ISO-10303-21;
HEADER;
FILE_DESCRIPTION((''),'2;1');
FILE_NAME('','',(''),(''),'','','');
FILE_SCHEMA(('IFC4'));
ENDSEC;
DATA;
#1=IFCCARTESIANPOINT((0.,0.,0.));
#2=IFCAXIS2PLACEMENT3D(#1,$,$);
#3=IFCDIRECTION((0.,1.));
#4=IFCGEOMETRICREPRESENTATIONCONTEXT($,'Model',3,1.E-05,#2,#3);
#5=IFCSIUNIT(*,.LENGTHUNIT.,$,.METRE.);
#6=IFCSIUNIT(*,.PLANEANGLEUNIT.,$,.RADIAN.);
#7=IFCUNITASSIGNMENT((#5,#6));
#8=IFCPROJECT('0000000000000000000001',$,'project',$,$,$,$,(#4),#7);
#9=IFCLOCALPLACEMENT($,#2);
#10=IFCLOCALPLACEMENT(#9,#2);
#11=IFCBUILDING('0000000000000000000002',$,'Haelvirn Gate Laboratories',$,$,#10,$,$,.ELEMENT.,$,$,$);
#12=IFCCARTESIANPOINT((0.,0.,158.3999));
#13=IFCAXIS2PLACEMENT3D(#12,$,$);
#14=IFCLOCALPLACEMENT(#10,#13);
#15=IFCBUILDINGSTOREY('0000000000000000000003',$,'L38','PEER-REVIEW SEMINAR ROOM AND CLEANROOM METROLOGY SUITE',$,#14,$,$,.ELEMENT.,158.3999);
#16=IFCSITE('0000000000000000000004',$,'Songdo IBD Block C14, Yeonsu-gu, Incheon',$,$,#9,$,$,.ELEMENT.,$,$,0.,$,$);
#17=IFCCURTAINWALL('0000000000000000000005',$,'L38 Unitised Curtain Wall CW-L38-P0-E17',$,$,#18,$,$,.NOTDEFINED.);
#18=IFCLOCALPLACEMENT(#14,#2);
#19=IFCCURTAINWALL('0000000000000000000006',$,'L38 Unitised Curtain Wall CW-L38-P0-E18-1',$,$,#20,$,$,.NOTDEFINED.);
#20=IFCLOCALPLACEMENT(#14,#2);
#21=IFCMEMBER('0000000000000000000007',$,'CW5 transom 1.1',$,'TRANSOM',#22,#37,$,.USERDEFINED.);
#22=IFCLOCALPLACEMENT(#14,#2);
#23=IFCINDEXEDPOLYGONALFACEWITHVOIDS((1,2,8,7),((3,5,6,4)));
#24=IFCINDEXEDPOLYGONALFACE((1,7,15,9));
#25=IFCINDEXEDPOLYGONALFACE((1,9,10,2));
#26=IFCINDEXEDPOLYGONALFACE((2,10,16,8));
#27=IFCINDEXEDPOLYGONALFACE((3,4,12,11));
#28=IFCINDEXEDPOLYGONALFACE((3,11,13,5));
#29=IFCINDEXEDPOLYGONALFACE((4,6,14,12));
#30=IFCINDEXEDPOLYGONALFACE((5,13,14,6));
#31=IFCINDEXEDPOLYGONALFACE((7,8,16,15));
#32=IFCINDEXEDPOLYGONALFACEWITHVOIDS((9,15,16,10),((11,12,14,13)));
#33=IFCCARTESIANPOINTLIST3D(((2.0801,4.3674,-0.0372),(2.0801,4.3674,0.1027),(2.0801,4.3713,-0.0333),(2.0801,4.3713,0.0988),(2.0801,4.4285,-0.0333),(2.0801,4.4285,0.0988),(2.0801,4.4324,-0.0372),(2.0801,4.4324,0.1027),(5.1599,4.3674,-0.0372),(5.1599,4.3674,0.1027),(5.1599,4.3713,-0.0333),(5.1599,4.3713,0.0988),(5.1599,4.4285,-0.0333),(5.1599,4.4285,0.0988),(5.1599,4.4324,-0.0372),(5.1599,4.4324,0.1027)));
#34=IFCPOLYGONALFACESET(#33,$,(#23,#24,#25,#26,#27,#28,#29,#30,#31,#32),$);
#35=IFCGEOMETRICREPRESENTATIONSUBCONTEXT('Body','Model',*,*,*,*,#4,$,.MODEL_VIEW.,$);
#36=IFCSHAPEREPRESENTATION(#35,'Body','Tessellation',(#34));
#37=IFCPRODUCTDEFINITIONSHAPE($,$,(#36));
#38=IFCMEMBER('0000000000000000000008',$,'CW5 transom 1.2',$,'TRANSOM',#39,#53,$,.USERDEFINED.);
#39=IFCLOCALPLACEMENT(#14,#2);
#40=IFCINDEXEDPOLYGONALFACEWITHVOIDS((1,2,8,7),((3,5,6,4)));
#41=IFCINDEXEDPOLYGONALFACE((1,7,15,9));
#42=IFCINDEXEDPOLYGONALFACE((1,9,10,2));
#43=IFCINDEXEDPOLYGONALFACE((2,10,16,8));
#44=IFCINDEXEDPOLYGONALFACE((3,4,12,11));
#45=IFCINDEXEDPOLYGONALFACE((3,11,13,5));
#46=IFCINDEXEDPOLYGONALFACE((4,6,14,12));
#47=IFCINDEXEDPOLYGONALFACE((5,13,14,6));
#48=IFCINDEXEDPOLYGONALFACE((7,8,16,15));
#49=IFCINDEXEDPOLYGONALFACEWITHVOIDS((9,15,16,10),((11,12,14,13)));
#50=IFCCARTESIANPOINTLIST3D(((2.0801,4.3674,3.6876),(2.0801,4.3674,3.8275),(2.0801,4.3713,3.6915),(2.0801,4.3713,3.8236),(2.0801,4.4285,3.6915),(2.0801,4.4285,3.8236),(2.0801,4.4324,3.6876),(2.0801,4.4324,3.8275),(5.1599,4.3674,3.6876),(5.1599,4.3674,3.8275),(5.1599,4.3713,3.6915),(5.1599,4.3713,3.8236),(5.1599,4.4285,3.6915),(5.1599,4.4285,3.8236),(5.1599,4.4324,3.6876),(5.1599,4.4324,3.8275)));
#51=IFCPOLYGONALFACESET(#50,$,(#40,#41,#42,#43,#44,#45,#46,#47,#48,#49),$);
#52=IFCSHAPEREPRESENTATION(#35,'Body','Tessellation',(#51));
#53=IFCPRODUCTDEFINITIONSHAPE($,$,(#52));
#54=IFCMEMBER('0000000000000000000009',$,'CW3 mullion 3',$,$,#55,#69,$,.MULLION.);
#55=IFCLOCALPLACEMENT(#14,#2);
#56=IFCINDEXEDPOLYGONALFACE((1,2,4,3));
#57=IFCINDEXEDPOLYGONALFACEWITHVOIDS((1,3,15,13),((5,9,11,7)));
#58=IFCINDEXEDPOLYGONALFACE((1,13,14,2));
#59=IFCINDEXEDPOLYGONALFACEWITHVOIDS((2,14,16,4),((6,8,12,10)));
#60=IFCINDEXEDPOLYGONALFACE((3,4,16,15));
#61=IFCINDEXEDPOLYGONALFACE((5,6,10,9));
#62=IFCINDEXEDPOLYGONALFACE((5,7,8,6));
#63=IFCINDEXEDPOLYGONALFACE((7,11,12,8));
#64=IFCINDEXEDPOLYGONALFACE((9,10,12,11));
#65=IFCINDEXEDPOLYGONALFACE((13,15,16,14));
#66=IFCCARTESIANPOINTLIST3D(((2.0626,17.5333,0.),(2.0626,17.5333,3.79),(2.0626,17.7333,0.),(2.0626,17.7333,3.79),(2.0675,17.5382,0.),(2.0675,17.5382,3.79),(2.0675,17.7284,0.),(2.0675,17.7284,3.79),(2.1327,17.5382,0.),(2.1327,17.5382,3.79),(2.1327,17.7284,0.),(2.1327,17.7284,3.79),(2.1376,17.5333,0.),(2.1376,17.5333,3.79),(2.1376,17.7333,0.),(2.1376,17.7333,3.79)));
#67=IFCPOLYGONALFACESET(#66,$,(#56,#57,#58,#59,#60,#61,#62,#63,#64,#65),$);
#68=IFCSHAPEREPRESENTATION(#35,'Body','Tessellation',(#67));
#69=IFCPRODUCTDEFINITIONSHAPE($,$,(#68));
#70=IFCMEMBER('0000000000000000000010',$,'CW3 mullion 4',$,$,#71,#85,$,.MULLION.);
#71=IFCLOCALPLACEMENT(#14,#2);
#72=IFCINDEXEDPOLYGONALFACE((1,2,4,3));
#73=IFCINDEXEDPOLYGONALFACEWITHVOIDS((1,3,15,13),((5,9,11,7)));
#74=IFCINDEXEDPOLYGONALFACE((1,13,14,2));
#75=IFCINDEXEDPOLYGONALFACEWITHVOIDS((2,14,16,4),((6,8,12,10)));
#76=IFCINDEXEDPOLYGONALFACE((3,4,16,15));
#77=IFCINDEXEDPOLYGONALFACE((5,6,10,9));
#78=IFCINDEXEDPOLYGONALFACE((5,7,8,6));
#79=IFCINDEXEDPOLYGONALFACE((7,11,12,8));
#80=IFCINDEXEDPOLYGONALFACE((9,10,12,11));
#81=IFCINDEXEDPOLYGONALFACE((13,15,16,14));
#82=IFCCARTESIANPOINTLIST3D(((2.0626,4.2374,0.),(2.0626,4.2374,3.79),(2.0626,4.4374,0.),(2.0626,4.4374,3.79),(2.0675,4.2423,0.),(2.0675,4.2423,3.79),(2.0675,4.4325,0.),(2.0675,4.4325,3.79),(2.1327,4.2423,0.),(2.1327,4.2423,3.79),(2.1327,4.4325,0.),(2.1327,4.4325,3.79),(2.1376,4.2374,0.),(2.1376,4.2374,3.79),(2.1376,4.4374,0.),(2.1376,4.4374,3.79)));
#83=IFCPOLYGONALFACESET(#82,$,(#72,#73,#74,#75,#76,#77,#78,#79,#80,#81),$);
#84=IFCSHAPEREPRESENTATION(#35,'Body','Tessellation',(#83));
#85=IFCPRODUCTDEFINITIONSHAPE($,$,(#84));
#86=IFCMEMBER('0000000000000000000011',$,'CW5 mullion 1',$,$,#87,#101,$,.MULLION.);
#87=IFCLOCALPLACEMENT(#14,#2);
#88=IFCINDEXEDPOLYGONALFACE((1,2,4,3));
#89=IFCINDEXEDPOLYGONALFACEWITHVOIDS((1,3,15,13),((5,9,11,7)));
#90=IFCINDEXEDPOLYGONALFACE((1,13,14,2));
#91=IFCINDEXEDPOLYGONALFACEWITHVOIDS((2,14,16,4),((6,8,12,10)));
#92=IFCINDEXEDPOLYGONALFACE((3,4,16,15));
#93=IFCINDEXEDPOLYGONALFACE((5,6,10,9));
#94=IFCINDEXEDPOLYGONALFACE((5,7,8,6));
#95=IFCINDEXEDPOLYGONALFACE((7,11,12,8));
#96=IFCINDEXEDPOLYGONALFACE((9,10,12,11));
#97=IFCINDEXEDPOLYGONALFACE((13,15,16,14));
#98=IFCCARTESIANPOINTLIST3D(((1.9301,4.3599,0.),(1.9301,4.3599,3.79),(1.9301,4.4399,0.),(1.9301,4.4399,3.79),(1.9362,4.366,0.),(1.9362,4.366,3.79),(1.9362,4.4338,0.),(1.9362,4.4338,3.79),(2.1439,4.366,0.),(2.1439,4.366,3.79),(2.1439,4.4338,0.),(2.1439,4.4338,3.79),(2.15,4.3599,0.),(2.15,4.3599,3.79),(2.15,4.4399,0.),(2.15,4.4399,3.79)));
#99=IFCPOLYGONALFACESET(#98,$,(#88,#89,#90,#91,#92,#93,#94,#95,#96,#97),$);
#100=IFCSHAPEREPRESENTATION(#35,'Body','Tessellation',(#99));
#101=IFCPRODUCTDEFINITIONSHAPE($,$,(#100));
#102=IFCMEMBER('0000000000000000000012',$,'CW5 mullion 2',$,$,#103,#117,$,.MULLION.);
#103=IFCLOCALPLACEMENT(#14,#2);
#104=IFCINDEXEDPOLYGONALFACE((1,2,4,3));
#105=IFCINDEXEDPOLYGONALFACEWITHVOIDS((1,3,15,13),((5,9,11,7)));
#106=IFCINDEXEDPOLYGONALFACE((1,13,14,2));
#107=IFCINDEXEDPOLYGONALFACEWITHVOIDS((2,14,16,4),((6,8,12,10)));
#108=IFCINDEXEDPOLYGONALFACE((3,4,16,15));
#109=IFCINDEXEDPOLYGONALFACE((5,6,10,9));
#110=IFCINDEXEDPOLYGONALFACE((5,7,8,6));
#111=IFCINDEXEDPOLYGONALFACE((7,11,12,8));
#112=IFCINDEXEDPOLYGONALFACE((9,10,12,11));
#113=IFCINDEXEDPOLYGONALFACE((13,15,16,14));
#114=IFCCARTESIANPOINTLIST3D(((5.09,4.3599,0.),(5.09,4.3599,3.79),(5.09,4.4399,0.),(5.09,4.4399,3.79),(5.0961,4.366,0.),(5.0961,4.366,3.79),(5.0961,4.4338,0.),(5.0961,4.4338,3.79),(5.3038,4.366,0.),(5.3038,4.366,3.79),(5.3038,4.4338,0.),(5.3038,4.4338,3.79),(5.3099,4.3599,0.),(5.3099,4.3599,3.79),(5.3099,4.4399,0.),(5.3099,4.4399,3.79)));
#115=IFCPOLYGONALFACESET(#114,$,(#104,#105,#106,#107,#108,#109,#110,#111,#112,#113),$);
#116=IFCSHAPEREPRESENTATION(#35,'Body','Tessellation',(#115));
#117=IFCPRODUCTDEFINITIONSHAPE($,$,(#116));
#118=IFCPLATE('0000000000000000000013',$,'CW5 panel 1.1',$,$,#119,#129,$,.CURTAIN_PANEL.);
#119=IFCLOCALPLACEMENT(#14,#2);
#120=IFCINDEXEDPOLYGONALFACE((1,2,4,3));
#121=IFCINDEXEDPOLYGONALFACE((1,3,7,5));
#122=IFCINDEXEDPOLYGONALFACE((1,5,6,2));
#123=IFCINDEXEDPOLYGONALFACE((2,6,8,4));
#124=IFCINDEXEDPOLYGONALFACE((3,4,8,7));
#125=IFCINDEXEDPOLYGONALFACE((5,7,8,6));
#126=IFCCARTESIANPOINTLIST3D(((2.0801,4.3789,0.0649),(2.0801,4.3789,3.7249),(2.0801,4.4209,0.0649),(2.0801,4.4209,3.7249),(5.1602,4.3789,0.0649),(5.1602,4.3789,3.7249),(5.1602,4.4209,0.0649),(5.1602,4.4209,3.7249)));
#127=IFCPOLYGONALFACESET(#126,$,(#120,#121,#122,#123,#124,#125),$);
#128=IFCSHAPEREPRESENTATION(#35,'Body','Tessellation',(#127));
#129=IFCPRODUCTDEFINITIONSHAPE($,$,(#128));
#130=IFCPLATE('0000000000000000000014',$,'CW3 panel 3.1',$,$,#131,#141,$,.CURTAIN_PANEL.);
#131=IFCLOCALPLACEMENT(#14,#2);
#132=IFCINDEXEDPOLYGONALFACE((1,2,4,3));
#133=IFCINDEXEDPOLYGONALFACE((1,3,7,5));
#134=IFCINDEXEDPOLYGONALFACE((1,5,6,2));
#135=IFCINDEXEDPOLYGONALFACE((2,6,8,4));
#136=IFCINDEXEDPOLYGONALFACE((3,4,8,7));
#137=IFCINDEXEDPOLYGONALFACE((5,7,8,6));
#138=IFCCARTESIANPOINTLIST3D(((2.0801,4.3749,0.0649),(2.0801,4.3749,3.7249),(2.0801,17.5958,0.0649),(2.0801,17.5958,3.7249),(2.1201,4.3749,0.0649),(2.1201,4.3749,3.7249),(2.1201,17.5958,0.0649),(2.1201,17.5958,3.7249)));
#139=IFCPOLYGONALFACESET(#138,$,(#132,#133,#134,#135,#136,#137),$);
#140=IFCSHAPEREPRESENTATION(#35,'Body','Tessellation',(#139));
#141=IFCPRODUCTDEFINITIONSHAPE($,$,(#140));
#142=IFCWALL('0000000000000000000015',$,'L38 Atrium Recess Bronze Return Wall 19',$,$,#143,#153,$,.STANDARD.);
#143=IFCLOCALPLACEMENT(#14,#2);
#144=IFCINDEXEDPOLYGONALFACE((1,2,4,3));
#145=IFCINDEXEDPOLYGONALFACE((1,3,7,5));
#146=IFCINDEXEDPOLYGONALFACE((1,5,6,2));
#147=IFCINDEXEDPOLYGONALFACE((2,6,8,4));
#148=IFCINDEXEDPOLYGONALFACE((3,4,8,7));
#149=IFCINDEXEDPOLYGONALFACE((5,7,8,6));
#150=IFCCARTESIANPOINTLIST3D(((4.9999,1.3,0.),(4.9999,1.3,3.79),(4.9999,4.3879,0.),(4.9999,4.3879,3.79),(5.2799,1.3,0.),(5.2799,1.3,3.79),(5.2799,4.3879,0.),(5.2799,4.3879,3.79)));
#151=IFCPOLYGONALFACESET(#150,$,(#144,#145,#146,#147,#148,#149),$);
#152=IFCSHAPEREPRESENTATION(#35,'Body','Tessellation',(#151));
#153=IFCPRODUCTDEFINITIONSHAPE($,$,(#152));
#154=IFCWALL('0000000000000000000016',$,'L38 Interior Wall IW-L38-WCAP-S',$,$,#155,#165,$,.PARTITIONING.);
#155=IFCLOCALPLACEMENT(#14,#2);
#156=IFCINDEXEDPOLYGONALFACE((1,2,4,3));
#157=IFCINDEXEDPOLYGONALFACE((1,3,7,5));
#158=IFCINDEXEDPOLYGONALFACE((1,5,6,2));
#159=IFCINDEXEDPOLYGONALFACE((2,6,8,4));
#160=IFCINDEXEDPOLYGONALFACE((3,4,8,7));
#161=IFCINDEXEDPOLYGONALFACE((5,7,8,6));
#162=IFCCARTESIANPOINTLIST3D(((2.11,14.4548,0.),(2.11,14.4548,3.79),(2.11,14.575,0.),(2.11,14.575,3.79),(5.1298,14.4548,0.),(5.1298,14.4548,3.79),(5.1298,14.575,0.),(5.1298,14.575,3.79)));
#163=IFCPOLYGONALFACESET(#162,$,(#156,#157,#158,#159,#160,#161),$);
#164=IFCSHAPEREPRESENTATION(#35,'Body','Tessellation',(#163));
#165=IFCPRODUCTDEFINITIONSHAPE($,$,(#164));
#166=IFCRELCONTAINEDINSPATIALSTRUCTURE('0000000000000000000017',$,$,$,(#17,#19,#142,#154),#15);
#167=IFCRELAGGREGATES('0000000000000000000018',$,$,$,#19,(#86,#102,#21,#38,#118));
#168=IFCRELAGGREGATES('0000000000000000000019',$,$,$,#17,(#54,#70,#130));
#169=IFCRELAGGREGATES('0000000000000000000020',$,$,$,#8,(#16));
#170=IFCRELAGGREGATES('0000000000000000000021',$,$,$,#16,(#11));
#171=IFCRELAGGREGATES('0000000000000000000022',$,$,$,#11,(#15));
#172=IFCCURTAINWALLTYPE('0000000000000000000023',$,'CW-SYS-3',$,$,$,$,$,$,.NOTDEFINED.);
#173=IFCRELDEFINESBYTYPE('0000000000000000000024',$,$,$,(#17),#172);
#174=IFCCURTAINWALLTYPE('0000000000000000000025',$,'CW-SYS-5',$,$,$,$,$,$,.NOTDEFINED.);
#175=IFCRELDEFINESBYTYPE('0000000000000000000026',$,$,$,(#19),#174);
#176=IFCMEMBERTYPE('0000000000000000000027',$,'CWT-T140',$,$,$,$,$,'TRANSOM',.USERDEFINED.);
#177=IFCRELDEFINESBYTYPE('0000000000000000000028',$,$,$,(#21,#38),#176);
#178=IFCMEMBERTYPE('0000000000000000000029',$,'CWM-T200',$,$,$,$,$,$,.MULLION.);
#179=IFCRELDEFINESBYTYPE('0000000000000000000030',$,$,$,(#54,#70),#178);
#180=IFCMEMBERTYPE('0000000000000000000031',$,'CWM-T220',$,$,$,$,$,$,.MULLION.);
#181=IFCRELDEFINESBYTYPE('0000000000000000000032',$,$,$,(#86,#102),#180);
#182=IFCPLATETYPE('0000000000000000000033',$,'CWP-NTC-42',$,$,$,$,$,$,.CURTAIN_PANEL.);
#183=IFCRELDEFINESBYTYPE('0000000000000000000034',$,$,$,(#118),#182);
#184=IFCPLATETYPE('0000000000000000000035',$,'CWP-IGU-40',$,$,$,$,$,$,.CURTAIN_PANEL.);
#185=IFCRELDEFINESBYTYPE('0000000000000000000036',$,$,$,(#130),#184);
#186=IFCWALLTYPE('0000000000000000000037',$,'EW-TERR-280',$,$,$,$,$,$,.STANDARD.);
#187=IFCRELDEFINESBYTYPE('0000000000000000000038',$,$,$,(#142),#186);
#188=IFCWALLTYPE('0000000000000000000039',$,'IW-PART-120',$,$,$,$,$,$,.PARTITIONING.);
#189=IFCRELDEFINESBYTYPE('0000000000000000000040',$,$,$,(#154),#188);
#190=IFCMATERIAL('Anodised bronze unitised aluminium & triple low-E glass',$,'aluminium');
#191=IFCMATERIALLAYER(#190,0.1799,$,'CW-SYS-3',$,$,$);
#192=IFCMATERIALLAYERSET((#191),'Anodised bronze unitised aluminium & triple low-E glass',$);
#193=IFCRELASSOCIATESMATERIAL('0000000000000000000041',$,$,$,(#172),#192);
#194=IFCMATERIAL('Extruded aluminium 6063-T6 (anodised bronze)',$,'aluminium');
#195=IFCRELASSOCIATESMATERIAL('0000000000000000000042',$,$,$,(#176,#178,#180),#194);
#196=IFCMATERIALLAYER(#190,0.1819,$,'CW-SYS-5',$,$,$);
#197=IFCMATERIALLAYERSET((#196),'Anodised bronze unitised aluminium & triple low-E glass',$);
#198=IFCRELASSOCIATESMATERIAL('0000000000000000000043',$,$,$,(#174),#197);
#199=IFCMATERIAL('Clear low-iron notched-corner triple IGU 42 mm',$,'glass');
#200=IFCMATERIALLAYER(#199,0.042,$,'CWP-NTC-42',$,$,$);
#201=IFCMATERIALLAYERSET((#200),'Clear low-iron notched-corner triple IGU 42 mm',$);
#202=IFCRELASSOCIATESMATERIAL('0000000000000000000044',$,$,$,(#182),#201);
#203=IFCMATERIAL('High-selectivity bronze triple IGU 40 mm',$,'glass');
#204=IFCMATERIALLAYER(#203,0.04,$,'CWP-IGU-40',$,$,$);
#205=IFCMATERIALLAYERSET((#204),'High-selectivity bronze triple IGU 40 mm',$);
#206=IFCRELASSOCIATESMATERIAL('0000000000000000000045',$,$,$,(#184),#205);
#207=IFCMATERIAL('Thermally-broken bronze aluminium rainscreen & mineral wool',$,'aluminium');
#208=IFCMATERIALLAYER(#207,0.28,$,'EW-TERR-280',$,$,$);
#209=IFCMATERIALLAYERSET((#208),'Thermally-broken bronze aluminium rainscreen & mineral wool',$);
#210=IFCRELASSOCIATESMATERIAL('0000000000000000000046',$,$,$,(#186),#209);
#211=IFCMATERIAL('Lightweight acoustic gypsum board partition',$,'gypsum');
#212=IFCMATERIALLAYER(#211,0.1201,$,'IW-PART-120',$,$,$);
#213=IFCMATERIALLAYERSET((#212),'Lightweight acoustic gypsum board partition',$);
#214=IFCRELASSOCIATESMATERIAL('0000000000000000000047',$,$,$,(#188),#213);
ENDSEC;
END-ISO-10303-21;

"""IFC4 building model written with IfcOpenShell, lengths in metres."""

from ifc_helpers import new_model, si_unit, direction, frame, frame_2d, origin, origin_2d, place, context, subcontext, project, spatial, rectangle, hollow_rectangle, extrude, source, transform, mapped, material, layer, layer_set, material_profile, profile_set, type_object, type_shapes, element, aggregate, save


model = new_model("IFC4")

# Units and contexts
model_context = context("Model", 3, precision=1e-05, world=origin(), true_north=direction((0.0, 1.0)))
body_context = subcontext(model_context, "Body", "Model", "MODEL_VIEW")
ifc_project = project(units=[si_unit("LENGTHUNIT", "METRE"), si_unit("PLANEANGLEUNIT", "RADIAN")], contexts=[model_context])

# Site, building, storey
site_placement = place(None, origin())
site = spatial("IfcSite", under=ifc_project, at=site_placement, Name="Songdo IBD Block C14, Yeonsu-gu, Incheon", CompositionType="ELEMENT", RefElevation=0.0)
building_placement = place(site_placement, origin())
building = spatial("IfcBuilding", under=site, at=building_placement, Name="Haelvirn Gate Laboratories", CompositionType="ELEMENT")
storey_placement = place(building_placement, frame((0.0, 0.0, 158.3999)))
storey = spatial("IfcBuildingStorey", under=building, at=storey_placement, Name="L38", Description="PEER-REVIEW SEMINAR ROOM AND CLEANROOM METROLOGY SUITE", CompositionType="ELEMENT", Elevation=158.3999)

# Curtain walls, members
ifc_material_1 = material(Name="Anodised bronze unitised aluminium & triple low-E glass", Category="aluminium")
ifc_layer_1 = layer(ifc_material_1, 0.1799, Name="CW-SYS-3")
ifc_layer_set_1 = layer_set([ifc_layer_1], Name="Anodised bronze unitised aluminium & triple low-E glass")
curtain_wall_type_1 = type_object("IfcCurtainWallType", Name="CW-SYS-3", PredefinedType="NOTDEFINED", material=ifc_layer_set_1)
ifc_material_2 = material(Name="Extruded aluminium 6063-T6 (anodised bronze)", Category="aluminium")
ifc_material_profile_1 = material_profile(ifc_material_2, hollow_rectangle(XDim=0.0649, YDim=0.1399, WallThickness=0.0039, at=origin_2d()), Name="CWT-140x65x4")
ifc_profile_set_1 = profile_set([ifc_material_profile_1], Name="Extruded aluminium 6063-T6 (anodised bronze)")
member_type_1 = type_object("IfcMemberType", Name="CWT-T140", ElementType="TRANSOM", PredefinedType="USERDEFINED", material=ifc_profile_set_1)
curtain_wall_1_placement = place(storey_placement, origin())
curtain_wall_1 = element("IfcCurtainWall", 1, at=curtain_wall_1_placement, inside=storey, type_object=curtain_wall_type_1, Name="L38 Unitised Curtain Wall CW-L38-P0-E17", PredefinedType="NOTDEFINED")
ifc_layer_2 = layer(ifc_material_1, 0.1819, Name="CW-SYS-5")
ifc_layer_set_2 = layer_set([ifc_layer_2], Name="Anodised bronze unitised aluminium & triple low-E glass")
curtain_wall_type_2 = type_object("IfcCurtainWallType", Name="CW-SYS-5", PredefinedType="NOTDEFINED", material=ifc_layer_set_2)
curtain_wall_2_placement = place(storey_placement, origin())
curtain_wall_2 = element("IfcCurtainWall", 2, at=curtain_wall_2_placement, inside=storey, type_object=curtain_wall_type_2, Name="L38 Unitised Curtain Wall CW-L38-P0-E18-1", PredefinedType="NOTDEFINED")
shared_shape_1 = source(origin(), body_context, "Body", "SweptSolid", [
    extrude(hollow_rectangle(XDim=0.0649, YDim=0.1399, WallThickness=0.0039, at=origin_2d()), origin(), (0.0, 0.0, 1.0), 3.0798),
])
member_1_placement = place(storey_placement, frame((2.0801, 4.3999, 0.0327), z_axis=(1.0, 0.0, 0.0), x_axis=(0.0, 1.0, 0.0)))
member_1 = element("IfcMember", 3, at=member_1_placement, type_object=member_type_1, Name="CW5 transom 1.1", ObjectType="TRANSOM", PredefinedType="USERDEFINED", context=body_context, shape_type="MappedRepresentation", body=[
    mapped(shared_shape_1, transform((0.0, 0.0, 0.0), scale=1.0)),
])
member_2_placement = place(storey_placement, frame((2.0801, 4.3999, 3.7576), z_axis=(1.0, 0.0, 0.0), x_axis=(0.0, 1.0, 0.0)))
member_2 = element("IfcMember", 4, at=member_2_placement, type_object=member_type_1, Name="CW5 transom 1.2", ObjectType="TRANSOM", PredefinedType="USERDEFINED", context=body_context, shape_type="MappedRepresentation", body=[
    mapped(shared_shape_1, transform((0.0, 0.0, 0.0), scale=1.0)),
])

# Members
ifc_material_profile_2 = material_profile(ifc_material_2, hollow_rectangle(XDim=0.075, YDim=0.2, WallThickness=0.0049, at=origin_2d()), Name="CWM-200x75x5")
ifc_profile_set_2 = profile_set([ifc_material_profile_2], Name="Extruded aluminium 6063-T6 (anodised bronze)")
member_type_2 = type_object("IfcMemberType", Name="CWM-T200", PredefinedType="MULLION", material=ifc_profile_set_2)
shared_shape_2 = source(origin(), body_context, "Body", "SweptSolid", [
    extrude(hollow_rectangle(XDim=0.075, YDim=0.2, WallThickness=0.0049, at=origin_2d()), origin(), (0.0, 0.0, 1.0), 3.79),
])
type_shapes(member_type_2, [shared_shape_2])
member_3_placement = place(storey_placement, frame((2.1001, 17.6333, 0.0), z_axis=(0.0, 0.0, 1.0), x_axis=(1.0, 0.0, 0.0)))
member_3 = element("IfcMember", 5, at=member_3_placement, type_object=member_type_2, Name="CW3 mullion 3", PredefinedType="MULLION", context=body_context, shape_type="MappedRepresentation", body=[
    mapped(shared_shape_2, transform((0.0, 0.0, 0.0), scale=1.0)),
])
member_4_placement = place(storey_placement, frame((2.1001, 4.3374, 0.0), z_axis=(0.0, 0.0, 1.0), x_axis=(1.0, 0.0, 0.0)))
member_4 = element("IfcMember", 6, at=member_4_placement, type_object=member_type_2, Name="CW3 mullion 4", PredefinedType="MULLION", context=body_context, shape_type="MappedRepresentation", body=[
    mapped(shared_shape_2, transform((0.0, 0.0, 0.0), scale=1.0)),
])
ifc_material_profile_3 = material_profile(ifc_material_2, hollow_rectangle(XDim=0.0801, YDim=0.22, WallThickness=0.0061, at=origin_2d()), Name="CWM-220x80x6")
ifc_profile_set_3 = profile_set([ifc_material_profile_3], Name="Extruded aluminium 6063-T6 (anodised bronze)")
member_type_3 = type_object("IfcMemberType", Name="CWM-T220", PredefinedType="MULLION", material=ifc_profile_set_3)
shared_shape_3 = source(origin(), body_context, "Body", "SweptSolid", [
    extrude(hollow_rectangle(XDim=0.0801, YDim=0.22, WallThickness=0.0061, at=origin_2d()), origin(), (0.0, 0.0, 1.0), 3.79),
])
type_shapes(member_type_3, [shared_shape_3])
member_5_placement = place(storey_placement, frame((2.04, 4.3999, 0.0), z_axis=(0.0, 0.0, 1.0), x_axis=(0.0, 1.0, 0.0)))
member_5 = element("IfcMember", 7, at=member_5_placement, type_object=member_type_3, Name="CW5 mullion 1", PredefinedType="MULLION", context=body_context, shape_type="MappedRepresentation", body=[
    mapped(shared_shape_3, transform((0.0, 0.0, 0.0), scale=1.0)),
])
member_6_placement = place(storey_placement, frame((5.2, 4.3999, 0.0), z_axis=(0.0, 0.0, 1.0), x_axis=(0.0, 1.0, 0.0)))
member_6 = element("IfcMember", 8, at=member_6_placement, type_object=member_type_3, Name="CW5 mullion 2", PredefinedType="MULLION", context=body_context, shape_type="MappedRepresentation", body=[
    mapped(shared_shape_3, transform((0.0, 0.0, 0.0), scale=1.0)),
])

# Plates
ifc_material_3 = material(Name="Clear low-iron notched-corner triple IGU 42 mm", Category="glass")
ifc_layer_3 = layer(ifc_material_3, 0.042, Name="CWP-NTC-42")
ifc_layer_set_3 = layer_set([ifc_layer_3], Name="Clear low-iron notched-corner triple IGU 42 mm")
plate_type_1 = type_object("IfcPlateType", Name="CWP-NTC-42", PredefinedType="CURTAIN_PANEL", material=ifc_layer_set_3)
shared_shape_4 = source(origin(), body_context, "Body", "SweptSolid", [
    extrude(rectangle(XDim=3.0801, YDim=0.042, at=origin_2d()), origin(), (0.0, 0.0, 1.0), 3.6599),
])
type_shapes(plate_type_1, [shared_shape_4])
plate_1_placement = place(storey_placement, frame((3.6201, 4.3999, 0.0649), z_axis=(0.0, 0.0, 1.0), x_axis=(1.0, 0.0, 0.0)))
plate_1 = element("IfcPlate", 9, at=plate_1_placement, type_object=plate_type_1, Name="CW5 panel 1.1", PredefinedType="CURTAIN_PANEL", context=body_context, shape_type="MappedRepresentation", body=[
    mapped(shared_shape_4, transform((0.0, 0.0, 0.0), scale=1.0)),
])
aggregate(curtain_wall_2, [member_5, member_6, member_1, member_2, plate_1])
ifc_material_4 = material(Name="High-selectivity bronze triple IGU 40 mm", Category="glass")
ifc_layer_4 = layer(ifc_material_4, 0.04, Name="CWP-IGU-40")
ifc_layer_set_4 = layer_set([ifc_layer_4], Name="High-selectivity bronze triple IGU 40 mm")
plate_type_2 = type_object("IfcPlateType", Name="CWP-IGU-40", PredefinedType="CURTAIN_PANEL", material=ifc_layer_set_4)
shared_shape_5 = source(origin(), body_context, "Body", "SweptSolid", [
    extrude(rectangle(XDim=13.2209, YDim=0.04, at=origin_2d()), origin(), (0.0, 0.0, 1.0), 3.6599),
])
type_shapes(plate_type_2, [shared_shape_5])
plate_2_placement = place(storey_placement, frame((2.1001, 10.9854, 0.0649), z_axis=(0.0, 0.0, 1.0), x_axis=(0.0, -1.0, 0.0)))
plate_2 = element("IfcPlate", 10, at=plate_2_placement, type_object=plate_type_2, Name="CW3 panel 3.1", PredefinedType="CURTAIN_PANEL", context=body_context, shape_type="MappedRepresentation", body=[
    mapped(shared_shape_5, transform((0.0, 0.0, 0.0), scale=1.0)),
])
aggregate(curtain_wall_1, [member_3, member_4, plate_2])

# Walls
ifc_material_5 = material(Name="Thermally-broken bronze aluminium rainscreen & mineral wool", Category="aluminium")
ifc_layer_5 = layer(ifc_material_5, 0.28, Name="EW-TERR-280")
ifc_layer_set_5 = layer_set([ifc_layer_5], Name="Thermally-broken bronze aluminium rainscreen & mineral wool")
wall_type_1 = type_object("IfcWallType", Name="EW-TERR-280", PredefinedType="STANDARD", material=ifc_layer_set_5)
wall_1_placement = place(storey_placement, frame((5.1399, 4.3879, 0.0), z_axis=(0.0, 0.0, 1.0), x_axis=(0.0, -1.0, 0.0)))
element("IfcWall", 11, at=wall_1_placement, inside=storey, type_object=wall_type_1, Name="L38 Atrium Recess Bronze Return Wall 19", PredefinedType="STANDARD", context=body_context, shape_type="SweptSolid", body=[
    extrude(rectangle(XDim=3.0879, YDim=0.28, at=frame_2d((1.5439, 0.0))), origin(), (0.0, 0.0, 1.0), 3.79),
])
ifc_material_6 = material(Name="Lightweight acoustic gypsum board partition", Category="gypsum")
ifc_layer_6 = layer(ifc_material_6, 0.1201, Name="IW-PART-120")
ifc_layer_set_6 = layer_set([ifc_layer_6], Name="Lightweight acoustic gypsum board partition")
wall_type_2 = type_object("IfcWallType", Name="IW-PART-120", PredefinedType="PARTITIONING", material=ifc_layer_set_6)
wall_2_placement = place(storey_placement, frame((2.1101, 14.5149, 0.0), z_axis=(0.0, 0.0, 1.0), x_axis=(1.0, 0.0, 0.0)))
element("IfcWall", 12, at=wall_2_placement, inside=storey, type_object=wall_type_2, Name="L38 Interior Wall IW-L38-WCAP-S", PredefinedType="PARTITIONING", context=body_context, shape_type="SweptSolid", body=[
    extrude(rectangle(XDim=3.0198, YDim=0.1201, at=frame_2d((1.5098, 0.0))), origin(), (0.0, 0.0, 1.0), 3.79),
])

save(model, "model.ifc")
